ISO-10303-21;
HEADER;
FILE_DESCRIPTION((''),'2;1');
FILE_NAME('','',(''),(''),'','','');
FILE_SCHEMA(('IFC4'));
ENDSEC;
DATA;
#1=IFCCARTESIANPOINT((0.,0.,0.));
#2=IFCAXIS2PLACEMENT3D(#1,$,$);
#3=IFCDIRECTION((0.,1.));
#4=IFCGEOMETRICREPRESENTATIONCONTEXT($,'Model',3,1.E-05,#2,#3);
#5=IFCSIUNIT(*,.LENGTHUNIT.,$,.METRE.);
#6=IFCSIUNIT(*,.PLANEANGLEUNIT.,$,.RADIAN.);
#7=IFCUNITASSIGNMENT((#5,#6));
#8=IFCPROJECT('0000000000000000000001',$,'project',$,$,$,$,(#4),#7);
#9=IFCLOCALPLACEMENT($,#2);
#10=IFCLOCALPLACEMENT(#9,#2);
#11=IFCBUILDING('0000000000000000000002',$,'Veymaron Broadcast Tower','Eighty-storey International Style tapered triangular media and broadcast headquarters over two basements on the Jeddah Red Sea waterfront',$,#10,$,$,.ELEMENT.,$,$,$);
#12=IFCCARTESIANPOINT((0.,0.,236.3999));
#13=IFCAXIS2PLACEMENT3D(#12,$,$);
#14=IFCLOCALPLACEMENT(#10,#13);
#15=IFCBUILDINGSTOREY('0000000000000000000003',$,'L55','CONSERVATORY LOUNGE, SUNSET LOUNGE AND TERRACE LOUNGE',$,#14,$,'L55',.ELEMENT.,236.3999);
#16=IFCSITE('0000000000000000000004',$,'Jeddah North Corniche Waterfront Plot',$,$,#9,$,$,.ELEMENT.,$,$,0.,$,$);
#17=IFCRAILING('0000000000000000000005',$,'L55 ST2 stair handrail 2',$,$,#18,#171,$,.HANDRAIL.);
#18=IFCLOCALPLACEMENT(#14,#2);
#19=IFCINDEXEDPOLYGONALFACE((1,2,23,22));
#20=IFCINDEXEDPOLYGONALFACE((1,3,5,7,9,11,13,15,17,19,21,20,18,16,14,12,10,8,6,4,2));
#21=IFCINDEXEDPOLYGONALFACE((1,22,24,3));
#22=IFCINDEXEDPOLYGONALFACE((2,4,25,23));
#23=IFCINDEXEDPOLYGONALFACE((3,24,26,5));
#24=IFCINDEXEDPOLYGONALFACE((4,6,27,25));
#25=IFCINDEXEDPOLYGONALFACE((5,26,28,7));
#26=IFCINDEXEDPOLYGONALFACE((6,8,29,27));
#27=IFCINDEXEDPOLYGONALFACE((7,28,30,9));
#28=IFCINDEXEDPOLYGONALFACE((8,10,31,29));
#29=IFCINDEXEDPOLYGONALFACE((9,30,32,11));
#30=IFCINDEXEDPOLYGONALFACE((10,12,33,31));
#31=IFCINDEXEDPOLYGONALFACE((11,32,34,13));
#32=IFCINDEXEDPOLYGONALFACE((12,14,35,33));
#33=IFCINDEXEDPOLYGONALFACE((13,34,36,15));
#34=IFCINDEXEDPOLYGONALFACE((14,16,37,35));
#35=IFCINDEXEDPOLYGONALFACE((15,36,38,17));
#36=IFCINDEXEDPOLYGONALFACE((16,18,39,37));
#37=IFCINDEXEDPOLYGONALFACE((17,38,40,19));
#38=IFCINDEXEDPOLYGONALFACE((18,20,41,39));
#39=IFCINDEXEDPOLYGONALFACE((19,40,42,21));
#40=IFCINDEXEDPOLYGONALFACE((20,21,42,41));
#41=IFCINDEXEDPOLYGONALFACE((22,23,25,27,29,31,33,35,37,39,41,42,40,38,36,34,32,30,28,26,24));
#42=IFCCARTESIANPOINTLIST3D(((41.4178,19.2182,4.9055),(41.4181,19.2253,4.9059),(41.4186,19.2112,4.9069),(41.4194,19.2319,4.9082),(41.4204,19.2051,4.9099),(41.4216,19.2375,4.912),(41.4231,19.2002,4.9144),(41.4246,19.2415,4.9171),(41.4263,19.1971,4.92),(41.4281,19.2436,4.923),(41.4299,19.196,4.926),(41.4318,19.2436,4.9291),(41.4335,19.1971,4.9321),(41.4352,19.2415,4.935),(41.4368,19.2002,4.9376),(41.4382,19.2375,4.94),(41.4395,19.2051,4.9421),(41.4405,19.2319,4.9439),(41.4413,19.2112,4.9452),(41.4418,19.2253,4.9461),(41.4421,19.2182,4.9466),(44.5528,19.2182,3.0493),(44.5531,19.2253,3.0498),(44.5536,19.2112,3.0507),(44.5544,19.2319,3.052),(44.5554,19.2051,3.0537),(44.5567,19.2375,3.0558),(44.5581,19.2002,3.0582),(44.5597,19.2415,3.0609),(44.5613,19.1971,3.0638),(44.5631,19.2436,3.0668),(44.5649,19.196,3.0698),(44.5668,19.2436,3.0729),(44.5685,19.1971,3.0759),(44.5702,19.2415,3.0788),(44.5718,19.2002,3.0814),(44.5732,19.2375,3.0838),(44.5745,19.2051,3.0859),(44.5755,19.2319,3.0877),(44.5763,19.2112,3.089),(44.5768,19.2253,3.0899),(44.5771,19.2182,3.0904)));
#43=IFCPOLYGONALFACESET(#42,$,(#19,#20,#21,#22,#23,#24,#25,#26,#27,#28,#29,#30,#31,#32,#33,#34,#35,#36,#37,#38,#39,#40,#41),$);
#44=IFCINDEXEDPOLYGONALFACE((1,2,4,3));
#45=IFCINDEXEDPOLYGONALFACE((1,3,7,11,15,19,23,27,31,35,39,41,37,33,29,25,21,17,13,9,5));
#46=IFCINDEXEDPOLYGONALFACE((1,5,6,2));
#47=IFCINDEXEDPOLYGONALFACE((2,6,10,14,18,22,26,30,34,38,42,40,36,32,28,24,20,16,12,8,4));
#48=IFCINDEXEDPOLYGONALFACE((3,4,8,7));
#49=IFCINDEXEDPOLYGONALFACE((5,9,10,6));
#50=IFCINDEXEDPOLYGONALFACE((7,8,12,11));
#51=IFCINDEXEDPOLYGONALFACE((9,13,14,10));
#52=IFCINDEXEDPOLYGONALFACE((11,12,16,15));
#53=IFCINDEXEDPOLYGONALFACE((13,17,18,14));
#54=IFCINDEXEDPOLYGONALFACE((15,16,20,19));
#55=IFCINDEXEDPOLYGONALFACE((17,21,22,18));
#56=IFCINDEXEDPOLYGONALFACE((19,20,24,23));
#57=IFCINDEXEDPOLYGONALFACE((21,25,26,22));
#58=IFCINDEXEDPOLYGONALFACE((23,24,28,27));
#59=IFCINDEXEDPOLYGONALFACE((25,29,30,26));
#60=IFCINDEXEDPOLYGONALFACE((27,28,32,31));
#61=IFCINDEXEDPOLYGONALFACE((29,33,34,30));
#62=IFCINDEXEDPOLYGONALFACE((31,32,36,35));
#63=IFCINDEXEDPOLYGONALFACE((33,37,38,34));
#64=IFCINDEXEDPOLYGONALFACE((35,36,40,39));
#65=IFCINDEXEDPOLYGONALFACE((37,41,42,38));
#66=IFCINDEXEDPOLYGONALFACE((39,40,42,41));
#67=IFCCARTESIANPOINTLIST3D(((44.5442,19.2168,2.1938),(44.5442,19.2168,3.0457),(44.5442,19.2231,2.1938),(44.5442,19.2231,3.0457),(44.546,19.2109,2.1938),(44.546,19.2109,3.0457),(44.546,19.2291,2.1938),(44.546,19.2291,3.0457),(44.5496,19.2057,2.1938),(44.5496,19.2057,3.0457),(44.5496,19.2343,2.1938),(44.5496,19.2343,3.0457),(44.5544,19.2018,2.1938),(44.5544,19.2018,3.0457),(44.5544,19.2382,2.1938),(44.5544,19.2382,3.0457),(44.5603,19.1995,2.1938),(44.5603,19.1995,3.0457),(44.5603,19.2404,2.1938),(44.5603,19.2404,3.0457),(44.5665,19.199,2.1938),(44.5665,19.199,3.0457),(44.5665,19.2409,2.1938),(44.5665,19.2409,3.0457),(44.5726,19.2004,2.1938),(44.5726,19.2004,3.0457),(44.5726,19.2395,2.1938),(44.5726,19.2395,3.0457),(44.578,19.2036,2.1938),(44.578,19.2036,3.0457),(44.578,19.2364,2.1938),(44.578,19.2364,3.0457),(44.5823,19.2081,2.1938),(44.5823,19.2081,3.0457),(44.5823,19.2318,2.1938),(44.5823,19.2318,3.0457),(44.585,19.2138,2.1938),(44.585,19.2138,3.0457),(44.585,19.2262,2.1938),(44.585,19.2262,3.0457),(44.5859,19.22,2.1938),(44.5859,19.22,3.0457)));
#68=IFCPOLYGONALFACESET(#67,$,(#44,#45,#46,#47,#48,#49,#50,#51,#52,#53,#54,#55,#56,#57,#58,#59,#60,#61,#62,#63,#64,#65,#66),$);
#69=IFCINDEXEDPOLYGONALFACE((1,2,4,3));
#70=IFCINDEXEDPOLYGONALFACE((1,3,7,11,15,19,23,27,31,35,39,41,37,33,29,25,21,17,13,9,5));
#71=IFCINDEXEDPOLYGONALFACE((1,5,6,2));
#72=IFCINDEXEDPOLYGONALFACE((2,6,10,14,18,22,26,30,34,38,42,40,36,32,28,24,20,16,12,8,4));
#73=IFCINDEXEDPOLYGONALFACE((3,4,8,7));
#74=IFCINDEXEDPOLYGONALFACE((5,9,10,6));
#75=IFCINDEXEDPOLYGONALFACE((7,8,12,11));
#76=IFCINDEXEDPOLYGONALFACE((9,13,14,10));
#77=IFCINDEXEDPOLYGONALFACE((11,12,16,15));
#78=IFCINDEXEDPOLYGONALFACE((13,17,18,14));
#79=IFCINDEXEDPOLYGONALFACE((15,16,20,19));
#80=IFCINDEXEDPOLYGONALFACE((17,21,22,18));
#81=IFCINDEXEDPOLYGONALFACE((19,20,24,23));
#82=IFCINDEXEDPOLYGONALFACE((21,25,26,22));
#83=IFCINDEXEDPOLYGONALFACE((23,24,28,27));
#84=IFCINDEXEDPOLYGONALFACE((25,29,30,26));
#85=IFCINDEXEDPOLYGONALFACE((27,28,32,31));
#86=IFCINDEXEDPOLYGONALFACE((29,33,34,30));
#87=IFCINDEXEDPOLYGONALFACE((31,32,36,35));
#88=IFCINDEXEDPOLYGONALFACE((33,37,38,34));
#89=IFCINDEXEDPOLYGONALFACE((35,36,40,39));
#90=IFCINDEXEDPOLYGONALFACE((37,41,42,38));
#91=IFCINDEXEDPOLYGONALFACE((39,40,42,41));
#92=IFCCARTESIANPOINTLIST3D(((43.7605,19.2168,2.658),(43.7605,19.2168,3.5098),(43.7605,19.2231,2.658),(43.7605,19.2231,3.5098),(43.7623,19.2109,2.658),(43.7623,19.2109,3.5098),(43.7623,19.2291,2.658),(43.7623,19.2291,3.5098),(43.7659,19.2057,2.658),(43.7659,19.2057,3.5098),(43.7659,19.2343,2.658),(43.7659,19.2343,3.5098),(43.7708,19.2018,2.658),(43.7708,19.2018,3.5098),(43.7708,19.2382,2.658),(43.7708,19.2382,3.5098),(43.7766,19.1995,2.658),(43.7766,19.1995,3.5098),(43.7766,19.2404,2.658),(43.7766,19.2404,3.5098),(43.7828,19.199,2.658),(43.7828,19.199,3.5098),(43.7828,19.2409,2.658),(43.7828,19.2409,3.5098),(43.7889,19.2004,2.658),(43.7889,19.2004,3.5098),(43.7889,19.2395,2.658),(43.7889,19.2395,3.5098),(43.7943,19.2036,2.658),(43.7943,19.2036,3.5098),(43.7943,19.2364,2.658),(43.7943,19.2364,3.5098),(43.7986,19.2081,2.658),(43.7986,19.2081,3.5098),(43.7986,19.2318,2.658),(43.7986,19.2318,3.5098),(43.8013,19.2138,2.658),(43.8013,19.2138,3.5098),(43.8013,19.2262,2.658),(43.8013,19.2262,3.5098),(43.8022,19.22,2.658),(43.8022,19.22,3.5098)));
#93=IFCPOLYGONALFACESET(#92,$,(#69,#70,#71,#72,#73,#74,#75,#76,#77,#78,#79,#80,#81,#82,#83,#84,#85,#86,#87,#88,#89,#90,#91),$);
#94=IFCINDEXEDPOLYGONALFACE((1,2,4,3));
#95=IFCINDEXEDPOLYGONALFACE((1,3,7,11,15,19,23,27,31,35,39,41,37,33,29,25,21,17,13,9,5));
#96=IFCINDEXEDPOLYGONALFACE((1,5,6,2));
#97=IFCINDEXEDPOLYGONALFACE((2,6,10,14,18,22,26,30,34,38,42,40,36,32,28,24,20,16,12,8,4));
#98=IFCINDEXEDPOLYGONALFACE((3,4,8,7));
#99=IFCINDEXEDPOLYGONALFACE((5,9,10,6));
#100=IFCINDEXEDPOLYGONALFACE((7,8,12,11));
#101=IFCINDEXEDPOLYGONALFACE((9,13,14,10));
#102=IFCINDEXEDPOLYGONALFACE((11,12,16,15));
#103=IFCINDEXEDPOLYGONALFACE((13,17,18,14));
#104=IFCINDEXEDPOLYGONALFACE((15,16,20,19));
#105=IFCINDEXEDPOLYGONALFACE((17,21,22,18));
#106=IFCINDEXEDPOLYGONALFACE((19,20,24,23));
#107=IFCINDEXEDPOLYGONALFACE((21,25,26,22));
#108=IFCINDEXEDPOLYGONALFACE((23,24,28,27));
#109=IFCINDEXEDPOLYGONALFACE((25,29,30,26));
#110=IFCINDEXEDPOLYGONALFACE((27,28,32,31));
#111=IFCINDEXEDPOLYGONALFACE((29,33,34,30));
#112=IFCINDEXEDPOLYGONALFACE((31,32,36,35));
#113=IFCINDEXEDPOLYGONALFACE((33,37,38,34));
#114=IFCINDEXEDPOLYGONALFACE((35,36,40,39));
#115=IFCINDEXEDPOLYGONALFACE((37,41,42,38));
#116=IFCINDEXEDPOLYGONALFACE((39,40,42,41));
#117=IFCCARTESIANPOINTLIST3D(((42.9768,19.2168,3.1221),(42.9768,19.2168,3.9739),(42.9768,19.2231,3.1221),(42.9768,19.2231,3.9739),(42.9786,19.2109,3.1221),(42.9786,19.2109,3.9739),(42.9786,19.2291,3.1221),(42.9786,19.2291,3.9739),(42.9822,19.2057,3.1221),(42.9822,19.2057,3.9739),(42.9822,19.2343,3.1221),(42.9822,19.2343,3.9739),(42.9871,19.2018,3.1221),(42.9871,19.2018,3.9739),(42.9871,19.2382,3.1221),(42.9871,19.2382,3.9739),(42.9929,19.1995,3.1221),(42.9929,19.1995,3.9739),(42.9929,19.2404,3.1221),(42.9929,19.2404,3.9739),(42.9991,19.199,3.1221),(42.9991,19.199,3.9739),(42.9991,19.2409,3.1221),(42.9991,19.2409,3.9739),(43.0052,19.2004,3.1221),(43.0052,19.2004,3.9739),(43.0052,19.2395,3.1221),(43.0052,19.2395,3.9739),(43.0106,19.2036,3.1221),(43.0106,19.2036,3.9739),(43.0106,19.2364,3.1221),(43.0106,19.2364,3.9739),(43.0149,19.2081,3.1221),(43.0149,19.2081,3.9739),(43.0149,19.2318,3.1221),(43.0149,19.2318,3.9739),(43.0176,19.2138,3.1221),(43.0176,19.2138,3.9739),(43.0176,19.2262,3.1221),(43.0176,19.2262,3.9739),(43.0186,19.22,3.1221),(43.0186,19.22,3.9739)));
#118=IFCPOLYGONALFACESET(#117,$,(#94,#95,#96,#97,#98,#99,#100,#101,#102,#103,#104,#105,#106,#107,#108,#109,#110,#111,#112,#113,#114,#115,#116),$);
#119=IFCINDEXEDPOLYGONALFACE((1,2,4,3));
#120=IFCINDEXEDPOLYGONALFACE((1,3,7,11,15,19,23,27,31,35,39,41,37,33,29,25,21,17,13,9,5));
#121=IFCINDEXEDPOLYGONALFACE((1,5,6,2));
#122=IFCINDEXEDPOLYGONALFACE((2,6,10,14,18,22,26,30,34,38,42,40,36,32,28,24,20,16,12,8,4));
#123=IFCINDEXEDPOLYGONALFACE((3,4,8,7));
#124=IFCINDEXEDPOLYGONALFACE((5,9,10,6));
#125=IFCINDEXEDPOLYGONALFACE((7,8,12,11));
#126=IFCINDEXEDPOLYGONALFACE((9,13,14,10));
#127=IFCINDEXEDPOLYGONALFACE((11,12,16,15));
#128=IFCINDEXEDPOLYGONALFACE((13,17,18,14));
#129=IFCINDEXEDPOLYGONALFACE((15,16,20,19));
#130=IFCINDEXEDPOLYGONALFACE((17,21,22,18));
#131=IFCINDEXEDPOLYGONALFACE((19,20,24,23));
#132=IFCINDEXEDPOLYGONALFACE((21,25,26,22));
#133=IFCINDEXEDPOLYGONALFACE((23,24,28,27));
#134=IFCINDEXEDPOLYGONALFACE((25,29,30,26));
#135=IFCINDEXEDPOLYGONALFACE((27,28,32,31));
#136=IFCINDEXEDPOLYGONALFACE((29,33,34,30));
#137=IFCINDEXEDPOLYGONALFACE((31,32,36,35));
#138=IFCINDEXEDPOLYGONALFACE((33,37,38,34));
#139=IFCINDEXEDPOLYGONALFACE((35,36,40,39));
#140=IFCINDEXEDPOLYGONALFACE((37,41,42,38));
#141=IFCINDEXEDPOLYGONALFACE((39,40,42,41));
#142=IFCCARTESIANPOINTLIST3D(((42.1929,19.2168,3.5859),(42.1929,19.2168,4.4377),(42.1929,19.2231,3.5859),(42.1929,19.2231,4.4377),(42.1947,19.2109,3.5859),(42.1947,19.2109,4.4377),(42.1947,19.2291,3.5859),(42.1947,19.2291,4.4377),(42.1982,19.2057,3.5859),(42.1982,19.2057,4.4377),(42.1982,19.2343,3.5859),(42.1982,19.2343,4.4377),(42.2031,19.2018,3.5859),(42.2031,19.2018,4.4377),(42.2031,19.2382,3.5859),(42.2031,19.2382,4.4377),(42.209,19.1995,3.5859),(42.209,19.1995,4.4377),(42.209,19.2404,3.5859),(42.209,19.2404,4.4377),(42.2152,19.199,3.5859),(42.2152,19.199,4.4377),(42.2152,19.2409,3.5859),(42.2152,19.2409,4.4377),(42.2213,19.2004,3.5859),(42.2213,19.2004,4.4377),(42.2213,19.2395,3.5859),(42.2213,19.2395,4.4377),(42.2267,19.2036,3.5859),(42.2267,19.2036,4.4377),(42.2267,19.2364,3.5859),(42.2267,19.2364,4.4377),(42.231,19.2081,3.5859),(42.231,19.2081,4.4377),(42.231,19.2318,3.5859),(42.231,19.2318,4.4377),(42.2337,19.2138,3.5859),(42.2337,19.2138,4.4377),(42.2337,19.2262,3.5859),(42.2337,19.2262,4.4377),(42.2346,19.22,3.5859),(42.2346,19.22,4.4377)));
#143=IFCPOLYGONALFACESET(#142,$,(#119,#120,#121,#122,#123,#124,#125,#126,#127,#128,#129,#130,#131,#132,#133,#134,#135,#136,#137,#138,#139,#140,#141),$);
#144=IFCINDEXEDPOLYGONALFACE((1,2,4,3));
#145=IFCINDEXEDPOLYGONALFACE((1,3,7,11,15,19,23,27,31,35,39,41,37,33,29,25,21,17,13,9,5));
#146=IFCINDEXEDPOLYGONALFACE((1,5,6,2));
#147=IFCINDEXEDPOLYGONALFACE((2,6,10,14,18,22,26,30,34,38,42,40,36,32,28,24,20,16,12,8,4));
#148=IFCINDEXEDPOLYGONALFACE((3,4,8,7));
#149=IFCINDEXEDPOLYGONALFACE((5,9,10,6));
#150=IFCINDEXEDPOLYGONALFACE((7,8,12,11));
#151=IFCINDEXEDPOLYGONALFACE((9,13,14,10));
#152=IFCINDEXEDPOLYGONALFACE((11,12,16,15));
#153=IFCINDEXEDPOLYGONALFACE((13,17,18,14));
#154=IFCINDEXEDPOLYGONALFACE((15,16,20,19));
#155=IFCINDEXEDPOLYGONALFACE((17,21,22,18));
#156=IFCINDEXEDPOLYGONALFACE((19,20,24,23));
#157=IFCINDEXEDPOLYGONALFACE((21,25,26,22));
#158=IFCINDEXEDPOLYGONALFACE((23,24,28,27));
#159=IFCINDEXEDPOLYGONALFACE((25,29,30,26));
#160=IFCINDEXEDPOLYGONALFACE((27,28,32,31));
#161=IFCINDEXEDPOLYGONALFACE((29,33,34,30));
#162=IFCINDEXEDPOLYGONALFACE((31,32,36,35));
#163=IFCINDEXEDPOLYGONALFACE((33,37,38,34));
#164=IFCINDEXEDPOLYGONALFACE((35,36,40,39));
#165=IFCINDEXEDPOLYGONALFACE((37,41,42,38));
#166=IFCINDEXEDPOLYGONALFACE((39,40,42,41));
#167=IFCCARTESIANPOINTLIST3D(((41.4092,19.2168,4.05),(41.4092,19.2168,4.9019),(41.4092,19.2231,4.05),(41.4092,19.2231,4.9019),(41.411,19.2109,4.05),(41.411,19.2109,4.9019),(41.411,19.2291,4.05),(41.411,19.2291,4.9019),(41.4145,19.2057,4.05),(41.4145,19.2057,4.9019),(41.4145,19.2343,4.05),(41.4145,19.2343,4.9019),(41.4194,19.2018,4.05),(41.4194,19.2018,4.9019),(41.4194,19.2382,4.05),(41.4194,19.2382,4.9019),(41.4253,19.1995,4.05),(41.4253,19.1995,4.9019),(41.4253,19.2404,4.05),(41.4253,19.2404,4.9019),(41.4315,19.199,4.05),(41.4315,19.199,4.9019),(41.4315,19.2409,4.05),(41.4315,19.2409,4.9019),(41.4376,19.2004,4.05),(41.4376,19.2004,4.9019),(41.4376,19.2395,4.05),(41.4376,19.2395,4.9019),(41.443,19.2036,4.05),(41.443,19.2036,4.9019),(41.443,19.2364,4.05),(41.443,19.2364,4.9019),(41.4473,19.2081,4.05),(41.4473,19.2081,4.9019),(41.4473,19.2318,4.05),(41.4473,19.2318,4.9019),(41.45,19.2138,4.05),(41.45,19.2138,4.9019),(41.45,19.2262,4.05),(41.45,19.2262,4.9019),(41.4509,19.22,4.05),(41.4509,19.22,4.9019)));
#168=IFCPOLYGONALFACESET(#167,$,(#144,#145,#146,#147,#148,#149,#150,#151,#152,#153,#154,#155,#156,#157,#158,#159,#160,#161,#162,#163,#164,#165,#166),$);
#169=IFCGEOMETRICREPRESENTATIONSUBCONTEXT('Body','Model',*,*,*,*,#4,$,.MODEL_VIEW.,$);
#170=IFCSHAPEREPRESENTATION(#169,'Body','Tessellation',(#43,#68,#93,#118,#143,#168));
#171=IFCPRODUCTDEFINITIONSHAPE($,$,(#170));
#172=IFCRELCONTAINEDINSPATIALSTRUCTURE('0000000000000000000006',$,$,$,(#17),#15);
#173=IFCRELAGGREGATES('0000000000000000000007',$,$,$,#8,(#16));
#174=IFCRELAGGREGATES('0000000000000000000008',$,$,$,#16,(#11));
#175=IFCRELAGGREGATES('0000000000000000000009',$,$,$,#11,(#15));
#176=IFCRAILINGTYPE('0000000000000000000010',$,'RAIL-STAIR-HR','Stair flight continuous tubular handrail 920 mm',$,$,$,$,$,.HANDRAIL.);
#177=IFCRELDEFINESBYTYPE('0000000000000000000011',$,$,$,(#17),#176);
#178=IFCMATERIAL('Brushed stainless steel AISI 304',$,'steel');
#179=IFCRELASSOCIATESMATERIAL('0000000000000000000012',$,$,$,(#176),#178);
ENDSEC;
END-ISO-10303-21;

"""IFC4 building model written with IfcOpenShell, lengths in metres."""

from ifc_helpers import new_model, si_unit, direction, frame, origin, origin_2d, place, context, subcontext, project, spatial, circle, extrude, material, type_object, element, save


model = new_model("IFC4")

# Units and contexts
model_context = context("Model", 3, precision=1e-05, world=origin(), true_north=direction((0.0, 1.0)))
body_context = subcontext(model_context, "Body", "Model", "MODEL_VIEW")
ifc_project = project(units=[si_unit("LENGTHUNIT", "METRE"), si_unit("PLANEANGLEUNIT", "RADIAN")], contexts=[model_context])

# Site, building, storey
site_placement = place(None, origin())
site = spatial("IfcSite", under=ifc_project, at=site_placement, Name="Jeddah North Corniche Waterfront Plot", CompositionType="ELEMENT", RefElevation=0.0)
building_placement = place(site_placement, origin())
building = spatial("IfcBuilding", under=site, at=building_placement, Name="Veymaron Broadcast Tower", Description="Eighty-storey International Style tapered triangular media and broadcast headquarters over two basements on the Jeddah Red Sea waterfront", CompositionType="ELEMENT")
storey_placement = place(building_placement, frame((0.0, 0.0, 236.3999)))
storey = spatial("IfcBuildingStorey", under=building, at=storey_placement, Name="L55", Description="CONSERVATORY LOUNGE, SUNSET LOUNGE AND TERRACE LOUNGE", LongName="L55", CompositionType="ELEMENT", Elevation=236.3999)

# Shared definitions
ifc_material_1 = material(Name="Brushed stainless steel AISI 304", Category="steel")

# Railing
railing_type_1 = type_object("IfcRailingType", Name="RAIL-STAIR-HR", Description="Stair flight continuous tubular handrail 920 mm", PredefinedType="HANDRAIL", material=ifc_material_1)
railing_1_placement = place(storey_placement, frame((44.5649, 19.22, 2.1938)))
element("IfcRailing", 1, at=railing_1_placement, inside=storey, type_object=railing_type_1, Name="L55 ST2 stair handrail 2", PredefinedType="HANDRAIL", context=body_context, shape_type="SweptSolid", body=[
    extrude(circle(Radius=0.0239, at=origin_2d()), frame((0.0, 0.0, 0.876), z_axis=(-0.860482, 0.0, 0.509481), x_axis=(0.0, -1.0, 0.0)), (0.0, 0.0, 1.0), 3.6433),
    extrude(circle(Radius=0.021, at=origin_2d()), origin(), (0.0, 0.0, 1.0), 0.8518),
    extrude(circle(Radius=0.021, at=origin_2d()), frame((-0.7837, 0.0, 0.4641)), (0.0, 0.0, 1.0), 0.8518),
    extrude(circle(Radius=0.021, at=origin_2d()), frame((-1.5674, 0.0, 0.9282)), (0.0, 0.0, 1.0), 0.8518),
    extrude(circle(Radius=0.021, at=origin_2d()), frame((-2.3513, 0.0, 1.3921)), (0.0, 0.0, 1.0), 0.8518),
    extrude(circle(Radius=0.021, at=origin_2d()), frame((-3.135, 0.0, 1.8562)), (0.0, 0.0, 1.0), 0.8518),
])

save(model, "model.ifc")
